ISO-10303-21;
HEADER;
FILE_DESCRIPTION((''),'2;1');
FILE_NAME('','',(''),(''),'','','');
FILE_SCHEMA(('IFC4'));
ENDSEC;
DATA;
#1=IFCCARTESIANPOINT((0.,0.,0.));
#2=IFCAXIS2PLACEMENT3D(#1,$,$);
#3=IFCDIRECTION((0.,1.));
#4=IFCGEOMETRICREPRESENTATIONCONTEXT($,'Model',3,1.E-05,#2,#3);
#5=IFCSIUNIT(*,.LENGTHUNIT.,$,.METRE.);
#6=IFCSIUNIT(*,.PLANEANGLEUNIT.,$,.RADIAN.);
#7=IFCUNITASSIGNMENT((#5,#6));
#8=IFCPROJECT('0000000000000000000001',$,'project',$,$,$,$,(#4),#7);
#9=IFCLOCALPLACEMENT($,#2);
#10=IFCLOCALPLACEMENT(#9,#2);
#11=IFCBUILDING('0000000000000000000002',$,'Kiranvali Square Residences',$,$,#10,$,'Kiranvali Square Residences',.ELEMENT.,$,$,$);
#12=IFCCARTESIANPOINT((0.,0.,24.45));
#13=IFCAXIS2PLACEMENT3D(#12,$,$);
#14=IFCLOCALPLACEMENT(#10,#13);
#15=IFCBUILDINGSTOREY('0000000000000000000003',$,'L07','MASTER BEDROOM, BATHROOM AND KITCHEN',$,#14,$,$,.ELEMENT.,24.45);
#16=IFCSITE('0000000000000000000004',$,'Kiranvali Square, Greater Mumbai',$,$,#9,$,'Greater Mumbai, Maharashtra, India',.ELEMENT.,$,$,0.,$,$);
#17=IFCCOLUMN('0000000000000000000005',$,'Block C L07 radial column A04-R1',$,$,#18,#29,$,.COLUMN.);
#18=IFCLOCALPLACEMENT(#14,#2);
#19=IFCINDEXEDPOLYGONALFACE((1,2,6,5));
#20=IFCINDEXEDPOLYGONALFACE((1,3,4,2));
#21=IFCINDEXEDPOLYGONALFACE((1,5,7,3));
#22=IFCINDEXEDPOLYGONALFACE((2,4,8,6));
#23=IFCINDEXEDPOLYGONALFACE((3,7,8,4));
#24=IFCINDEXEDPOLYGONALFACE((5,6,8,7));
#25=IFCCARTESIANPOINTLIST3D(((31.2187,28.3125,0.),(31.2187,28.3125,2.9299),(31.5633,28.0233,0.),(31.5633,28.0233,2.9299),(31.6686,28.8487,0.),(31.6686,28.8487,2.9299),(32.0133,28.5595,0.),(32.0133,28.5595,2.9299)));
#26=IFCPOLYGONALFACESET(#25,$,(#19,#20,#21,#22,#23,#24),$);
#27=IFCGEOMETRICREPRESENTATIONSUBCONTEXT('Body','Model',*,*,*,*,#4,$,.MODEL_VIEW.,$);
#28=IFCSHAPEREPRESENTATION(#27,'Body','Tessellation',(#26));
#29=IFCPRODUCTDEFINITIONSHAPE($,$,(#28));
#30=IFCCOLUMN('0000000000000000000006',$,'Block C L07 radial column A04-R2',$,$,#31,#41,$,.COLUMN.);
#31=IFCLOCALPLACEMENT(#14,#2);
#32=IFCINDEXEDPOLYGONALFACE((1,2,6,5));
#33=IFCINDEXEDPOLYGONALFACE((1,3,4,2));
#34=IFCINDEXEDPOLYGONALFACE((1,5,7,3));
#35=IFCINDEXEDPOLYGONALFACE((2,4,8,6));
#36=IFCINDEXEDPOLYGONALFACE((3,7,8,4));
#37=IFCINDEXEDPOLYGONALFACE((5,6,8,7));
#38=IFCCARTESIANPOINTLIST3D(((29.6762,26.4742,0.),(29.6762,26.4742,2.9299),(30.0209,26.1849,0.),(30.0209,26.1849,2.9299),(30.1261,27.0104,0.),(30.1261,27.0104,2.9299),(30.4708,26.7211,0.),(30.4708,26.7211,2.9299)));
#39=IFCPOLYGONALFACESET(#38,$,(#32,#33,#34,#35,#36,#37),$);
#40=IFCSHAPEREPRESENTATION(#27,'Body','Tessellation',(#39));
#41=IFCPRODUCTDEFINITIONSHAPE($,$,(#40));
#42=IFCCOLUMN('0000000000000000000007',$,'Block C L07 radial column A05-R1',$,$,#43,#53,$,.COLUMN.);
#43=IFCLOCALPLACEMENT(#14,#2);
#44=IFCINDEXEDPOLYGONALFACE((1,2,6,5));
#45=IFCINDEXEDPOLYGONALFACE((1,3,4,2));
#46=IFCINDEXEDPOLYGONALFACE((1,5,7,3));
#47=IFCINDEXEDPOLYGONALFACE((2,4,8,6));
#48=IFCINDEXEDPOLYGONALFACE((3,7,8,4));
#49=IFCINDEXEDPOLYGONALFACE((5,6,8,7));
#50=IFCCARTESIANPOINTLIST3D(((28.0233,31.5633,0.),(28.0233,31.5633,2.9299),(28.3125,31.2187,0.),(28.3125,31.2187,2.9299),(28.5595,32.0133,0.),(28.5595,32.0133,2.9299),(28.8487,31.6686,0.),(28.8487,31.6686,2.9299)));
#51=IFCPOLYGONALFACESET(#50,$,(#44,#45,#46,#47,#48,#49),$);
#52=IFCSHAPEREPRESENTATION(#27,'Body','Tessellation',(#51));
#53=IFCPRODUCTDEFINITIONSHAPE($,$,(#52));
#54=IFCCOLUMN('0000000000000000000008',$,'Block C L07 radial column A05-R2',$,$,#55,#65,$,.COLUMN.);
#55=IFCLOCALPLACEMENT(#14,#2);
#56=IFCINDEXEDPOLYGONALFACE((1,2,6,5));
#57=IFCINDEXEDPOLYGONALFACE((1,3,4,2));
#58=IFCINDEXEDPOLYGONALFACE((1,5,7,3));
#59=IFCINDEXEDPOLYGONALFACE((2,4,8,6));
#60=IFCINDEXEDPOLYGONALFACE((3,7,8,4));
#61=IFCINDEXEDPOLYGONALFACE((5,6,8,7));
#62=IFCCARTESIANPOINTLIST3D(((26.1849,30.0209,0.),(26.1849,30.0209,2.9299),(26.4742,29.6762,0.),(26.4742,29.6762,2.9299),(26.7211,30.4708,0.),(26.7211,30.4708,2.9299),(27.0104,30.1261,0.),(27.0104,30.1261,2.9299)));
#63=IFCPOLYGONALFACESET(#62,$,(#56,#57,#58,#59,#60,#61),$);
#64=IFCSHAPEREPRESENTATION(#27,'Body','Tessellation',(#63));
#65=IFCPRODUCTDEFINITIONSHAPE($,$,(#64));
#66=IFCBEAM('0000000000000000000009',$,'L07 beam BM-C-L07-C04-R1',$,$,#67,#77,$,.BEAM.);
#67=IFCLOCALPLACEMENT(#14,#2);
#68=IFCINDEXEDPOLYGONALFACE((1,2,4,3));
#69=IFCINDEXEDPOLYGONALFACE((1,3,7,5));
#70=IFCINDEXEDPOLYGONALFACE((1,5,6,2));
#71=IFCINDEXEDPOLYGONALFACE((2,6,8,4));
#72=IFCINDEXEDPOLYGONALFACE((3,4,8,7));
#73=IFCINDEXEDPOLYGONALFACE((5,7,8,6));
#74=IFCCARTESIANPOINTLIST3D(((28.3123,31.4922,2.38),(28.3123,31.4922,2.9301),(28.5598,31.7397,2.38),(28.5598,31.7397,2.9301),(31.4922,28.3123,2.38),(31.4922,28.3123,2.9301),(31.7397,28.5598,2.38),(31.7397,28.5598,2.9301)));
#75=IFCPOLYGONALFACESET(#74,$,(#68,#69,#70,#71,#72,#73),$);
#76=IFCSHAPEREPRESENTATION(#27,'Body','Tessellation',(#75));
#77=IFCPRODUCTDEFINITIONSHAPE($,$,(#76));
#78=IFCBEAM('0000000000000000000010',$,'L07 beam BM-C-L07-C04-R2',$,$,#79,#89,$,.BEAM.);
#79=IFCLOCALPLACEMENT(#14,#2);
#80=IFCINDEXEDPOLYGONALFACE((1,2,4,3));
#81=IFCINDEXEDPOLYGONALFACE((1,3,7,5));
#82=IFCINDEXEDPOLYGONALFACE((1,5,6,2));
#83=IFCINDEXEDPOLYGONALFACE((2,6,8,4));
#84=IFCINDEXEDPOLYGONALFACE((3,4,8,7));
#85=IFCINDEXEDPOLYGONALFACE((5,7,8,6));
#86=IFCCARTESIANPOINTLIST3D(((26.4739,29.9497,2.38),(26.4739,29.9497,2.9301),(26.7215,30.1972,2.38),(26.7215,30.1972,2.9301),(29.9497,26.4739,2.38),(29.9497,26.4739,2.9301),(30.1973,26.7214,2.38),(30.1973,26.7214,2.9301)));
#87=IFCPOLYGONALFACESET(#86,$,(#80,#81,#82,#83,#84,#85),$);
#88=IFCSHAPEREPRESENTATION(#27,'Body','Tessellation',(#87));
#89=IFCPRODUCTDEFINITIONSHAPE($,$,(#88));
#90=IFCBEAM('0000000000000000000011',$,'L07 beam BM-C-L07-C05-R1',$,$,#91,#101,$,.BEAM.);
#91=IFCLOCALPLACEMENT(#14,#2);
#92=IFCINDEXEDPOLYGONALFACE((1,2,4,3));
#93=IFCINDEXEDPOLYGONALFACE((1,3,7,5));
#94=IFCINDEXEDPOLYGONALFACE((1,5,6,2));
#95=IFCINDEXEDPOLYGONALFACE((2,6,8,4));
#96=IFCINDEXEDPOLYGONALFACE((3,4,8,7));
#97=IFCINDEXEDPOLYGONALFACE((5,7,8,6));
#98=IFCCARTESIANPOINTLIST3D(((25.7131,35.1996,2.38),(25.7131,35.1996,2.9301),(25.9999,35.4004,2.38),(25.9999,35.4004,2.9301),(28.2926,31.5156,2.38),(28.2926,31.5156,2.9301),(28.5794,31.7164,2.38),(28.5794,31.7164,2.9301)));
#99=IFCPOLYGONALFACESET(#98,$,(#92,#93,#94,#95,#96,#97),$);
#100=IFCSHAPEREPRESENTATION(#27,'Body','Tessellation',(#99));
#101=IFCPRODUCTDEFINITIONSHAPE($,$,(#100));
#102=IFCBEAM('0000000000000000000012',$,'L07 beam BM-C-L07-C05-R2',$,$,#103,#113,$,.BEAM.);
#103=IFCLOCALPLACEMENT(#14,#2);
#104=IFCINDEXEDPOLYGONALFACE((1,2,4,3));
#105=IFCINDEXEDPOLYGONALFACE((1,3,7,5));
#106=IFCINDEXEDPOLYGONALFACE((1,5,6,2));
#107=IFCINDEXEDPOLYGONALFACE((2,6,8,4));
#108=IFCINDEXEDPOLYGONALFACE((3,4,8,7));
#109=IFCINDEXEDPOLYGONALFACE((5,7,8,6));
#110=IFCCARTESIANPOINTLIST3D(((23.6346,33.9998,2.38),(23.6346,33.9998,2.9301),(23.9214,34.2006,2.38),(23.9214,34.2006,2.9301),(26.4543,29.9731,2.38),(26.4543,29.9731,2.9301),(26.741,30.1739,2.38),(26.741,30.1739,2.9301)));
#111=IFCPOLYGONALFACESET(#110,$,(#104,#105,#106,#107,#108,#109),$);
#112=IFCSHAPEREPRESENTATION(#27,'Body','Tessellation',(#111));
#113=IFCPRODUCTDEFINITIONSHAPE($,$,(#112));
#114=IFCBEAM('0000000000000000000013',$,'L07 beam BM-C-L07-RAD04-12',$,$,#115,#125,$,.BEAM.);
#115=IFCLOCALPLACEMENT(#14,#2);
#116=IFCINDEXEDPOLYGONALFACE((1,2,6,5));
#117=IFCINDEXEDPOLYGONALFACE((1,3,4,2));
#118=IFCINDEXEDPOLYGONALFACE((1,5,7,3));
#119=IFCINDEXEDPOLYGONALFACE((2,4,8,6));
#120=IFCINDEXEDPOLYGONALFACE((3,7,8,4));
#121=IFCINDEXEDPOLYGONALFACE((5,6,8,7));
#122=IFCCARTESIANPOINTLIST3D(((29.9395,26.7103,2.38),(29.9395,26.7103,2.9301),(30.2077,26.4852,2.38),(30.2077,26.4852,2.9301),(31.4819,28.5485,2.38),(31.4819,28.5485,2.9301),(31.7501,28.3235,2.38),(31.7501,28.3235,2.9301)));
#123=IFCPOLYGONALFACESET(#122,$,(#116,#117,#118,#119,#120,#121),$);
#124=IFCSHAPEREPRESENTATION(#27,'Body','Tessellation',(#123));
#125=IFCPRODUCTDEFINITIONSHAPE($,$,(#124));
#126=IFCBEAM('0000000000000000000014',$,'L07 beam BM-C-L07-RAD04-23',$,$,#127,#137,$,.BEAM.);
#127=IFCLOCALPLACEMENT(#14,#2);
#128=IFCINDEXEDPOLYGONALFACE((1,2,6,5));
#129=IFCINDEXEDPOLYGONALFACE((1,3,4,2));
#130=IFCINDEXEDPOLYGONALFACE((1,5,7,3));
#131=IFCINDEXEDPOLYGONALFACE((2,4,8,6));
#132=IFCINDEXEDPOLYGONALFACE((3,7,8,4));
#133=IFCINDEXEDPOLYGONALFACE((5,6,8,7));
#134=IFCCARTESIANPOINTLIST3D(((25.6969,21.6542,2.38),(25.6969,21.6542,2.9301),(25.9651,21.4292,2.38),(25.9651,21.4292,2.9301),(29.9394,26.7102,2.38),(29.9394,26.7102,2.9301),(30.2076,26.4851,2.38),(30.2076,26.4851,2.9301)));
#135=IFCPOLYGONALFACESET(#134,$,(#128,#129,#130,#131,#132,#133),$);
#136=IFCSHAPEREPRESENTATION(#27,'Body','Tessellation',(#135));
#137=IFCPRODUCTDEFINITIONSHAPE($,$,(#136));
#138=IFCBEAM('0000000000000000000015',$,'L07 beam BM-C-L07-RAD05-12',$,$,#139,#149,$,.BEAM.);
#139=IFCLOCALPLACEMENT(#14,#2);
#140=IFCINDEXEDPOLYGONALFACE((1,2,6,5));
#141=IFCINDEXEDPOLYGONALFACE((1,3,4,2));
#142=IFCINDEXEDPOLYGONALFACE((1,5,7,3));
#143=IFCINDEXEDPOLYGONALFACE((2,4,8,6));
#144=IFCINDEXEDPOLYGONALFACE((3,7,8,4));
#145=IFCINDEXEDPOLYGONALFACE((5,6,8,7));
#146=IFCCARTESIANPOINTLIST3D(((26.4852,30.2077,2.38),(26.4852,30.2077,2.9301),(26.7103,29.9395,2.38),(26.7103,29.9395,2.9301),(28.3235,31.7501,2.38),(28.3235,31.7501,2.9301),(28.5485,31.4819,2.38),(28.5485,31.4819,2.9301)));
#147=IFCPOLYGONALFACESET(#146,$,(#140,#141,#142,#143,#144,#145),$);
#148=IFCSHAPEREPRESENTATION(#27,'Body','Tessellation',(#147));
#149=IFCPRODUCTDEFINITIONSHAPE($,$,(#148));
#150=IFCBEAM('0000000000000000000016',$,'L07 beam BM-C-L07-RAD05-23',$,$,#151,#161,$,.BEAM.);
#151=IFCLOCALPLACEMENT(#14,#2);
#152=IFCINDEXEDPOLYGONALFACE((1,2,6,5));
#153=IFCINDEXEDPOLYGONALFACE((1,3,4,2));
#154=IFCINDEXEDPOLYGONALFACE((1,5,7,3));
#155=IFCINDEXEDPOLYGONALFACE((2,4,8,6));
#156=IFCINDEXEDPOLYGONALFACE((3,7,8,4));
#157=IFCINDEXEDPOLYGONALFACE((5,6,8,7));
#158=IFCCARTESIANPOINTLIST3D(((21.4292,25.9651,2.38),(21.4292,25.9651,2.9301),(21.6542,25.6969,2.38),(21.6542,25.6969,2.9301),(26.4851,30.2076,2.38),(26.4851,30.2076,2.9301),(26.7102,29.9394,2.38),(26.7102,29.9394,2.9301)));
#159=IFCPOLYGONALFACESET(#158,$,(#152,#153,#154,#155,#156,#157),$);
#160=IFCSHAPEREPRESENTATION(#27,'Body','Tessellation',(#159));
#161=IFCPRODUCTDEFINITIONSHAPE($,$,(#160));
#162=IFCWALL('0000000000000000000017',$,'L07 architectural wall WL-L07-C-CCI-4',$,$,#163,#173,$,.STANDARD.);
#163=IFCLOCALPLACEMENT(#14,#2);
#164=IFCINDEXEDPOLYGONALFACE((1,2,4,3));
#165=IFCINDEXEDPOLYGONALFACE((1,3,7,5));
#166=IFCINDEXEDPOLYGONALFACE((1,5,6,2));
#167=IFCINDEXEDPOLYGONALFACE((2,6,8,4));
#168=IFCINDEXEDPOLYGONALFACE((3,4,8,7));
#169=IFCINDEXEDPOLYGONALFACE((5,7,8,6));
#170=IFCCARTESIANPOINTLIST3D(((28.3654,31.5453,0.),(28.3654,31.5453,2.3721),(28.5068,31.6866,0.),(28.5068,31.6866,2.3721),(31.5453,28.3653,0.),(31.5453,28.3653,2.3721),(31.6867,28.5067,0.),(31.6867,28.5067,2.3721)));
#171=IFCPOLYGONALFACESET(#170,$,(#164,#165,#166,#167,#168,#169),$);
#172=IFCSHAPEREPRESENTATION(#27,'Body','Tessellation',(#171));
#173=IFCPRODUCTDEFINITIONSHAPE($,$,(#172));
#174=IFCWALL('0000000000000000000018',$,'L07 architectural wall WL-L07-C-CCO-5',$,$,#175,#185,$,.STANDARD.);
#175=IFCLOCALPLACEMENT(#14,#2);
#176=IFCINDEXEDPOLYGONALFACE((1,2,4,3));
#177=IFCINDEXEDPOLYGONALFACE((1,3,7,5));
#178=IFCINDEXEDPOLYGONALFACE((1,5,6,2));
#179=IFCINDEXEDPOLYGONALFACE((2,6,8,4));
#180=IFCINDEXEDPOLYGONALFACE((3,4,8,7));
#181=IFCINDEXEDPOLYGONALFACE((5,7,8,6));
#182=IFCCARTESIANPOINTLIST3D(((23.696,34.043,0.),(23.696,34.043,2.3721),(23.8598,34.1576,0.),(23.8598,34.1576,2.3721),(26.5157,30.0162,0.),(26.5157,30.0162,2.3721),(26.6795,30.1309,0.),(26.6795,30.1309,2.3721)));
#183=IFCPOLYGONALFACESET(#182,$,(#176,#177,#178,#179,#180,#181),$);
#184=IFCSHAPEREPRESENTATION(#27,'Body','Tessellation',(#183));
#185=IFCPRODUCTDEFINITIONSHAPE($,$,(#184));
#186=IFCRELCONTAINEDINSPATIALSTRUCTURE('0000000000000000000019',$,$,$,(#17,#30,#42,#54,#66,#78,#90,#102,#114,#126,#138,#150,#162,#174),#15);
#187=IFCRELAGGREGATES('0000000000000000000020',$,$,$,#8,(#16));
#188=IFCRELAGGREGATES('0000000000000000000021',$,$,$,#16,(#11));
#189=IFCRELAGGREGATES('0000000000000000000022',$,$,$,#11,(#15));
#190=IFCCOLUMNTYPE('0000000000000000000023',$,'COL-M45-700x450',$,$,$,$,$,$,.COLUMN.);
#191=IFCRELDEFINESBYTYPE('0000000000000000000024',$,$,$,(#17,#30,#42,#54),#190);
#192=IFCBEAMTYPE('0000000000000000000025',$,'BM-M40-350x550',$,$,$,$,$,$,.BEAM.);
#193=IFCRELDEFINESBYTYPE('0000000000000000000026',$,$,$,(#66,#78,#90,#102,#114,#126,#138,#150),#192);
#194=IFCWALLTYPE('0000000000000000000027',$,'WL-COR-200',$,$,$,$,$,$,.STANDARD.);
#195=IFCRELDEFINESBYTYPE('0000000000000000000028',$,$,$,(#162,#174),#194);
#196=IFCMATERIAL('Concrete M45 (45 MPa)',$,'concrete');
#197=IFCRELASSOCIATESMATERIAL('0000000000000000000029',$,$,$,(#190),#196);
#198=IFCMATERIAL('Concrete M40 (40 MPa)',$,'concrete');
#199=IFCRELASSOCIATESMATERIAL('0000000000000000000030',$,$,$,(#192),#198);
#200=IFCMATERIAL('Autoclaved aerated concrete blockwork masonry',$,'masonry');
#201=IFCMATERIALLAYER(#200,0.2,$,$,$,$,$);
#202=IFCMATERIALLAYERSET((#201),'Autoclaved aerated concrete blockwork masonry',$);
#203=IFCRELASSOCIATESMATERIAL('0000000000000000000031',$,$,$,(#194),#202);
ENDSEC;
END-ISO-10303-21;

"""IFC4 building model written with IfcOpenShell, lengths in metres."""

from ifc_helpers import new_model, si_unit, direction, frame, frame_2d, origin, origin_2d, place, context, subcontext, project, spatial, rectangle, extrude, material, layer, layer_set, material_profile, profile_set, type_object, element, save


model = new_model("IFC4")

# Units and contexts
model_context = context("Model", 3, precision=1e-05, world=origin(), true_north=direction((0.0, 1.0)))
body_context = subcontext(model_context, "Body", "Model", "MODEL_VIEW")
ifc_project = project(units=[si_unit("LENGTHUNIT", "METRE"), si_unit("PLANEANGLEUNIT", "RADIAN")], contexts=[model_context])

# Site, building, storey
site_placement = place(None, origin())
site = spatial("IfcSite", under=ifc_project, at=site_placement, Name="Kiranvali Square, Greater Mumbai", LongName="Greater Mumbai, Maharashtra, India", CompositionType="ELEMENT", RefElevation=0.0)
building_placement = place(site_placement, origin())
building = spatial("IfcBuilding", under=site, at=building_placement, Name="Kiranvali Square Residences", LongName="Kiranvali Square Residences", CompositionType="ELEMENT")
storey_placement = place(building_placement, frame((0.0, 0.0, 24.45)))
storey = spatial("IfcBuildingStorey", under=building, at=storey_placement, Name="L07", Description="MASTER BEDROOM, BATHROOM AND KITCHEN", CompositionType="ELEMENT", Elevation=24.45)

# Columns
ifc_material_1 = material(Name="Concrete M45 (45 MPa)", Category="concrete")
ifc_material_profile_1 = material_profile(ifc_material_1, rectangle(XDim=0.45, YDim=0.7, at=origin_2d()), Name="RC 700x450")
ifc_profile_set_1 = profile_set([ifc_material_profile_1], Name="Concrete M45 (45 MPa)")
column_type = type_object("IfcColumnType", Name="COL-M45-700x450", PredefinedType="COLUMN", material=ifc_profile_set_1)
for number, where, z_axis, x_axis, name in (
    (1, (31.616, 28.436, 0.0), (0.0, 0.0, 1.0), (-0.766044, 0.642788, 0.0), "Block C L07 radial column A04-R1"),
    (2, (30.0735, 26.5977, 0.0), (0.0, 0.0, 1.0), (-0.766044, 0.642788, 0.0), "Block C L07 radial column A04-R2"),
    (3, (28.436, 31.616, 0.0), (0.0, 0.0, 1.0), (-0.642788, 0.766044, 0.0), "Block C L07 radial column A05-R1"),
    (4, (26.5977, 30.0735, 0.0), (0.0, 0.0, 1.0), (-0.642788, 0.766044, 0.0), "Block C L07 radial column A05-R2"),
):
    element("IfcColumn", number, at=place(storey_placement, frame(where, z_axis=z_axis, x_axis=x_axis)), inside=storey, type_object=column_type, Name=name, PredefinedType="COLUMN", context=body_context, shape_type="SweptSolid", body=[
        extrude(rectangle(XDim=0.45, YDim=0.7, at=origin_2d()), origin(), (0.0, 0.0, 1.0), 2.9299),
    ])

# Beams
ifc_material_2 = material(Name="Concrete M40 (40 MPa)", Category="concrete")
ifc_material_profile_2 = material_profile(ifc_material_2, rectangle(XDim=0.3501, YDim=0.55, at=origin_2d()), Name="RC 350x550")
ifc_profile_set_2 = profile_set([ifc_material_profile_2], Name="Concrete M40 (40 MPa)")
beam_type = type_object("IfcBeamType", Name="BM-M40-350x550", PredefinedType="BEAM", material=ifc_profile_set_2)
beam_1_placement = place(storey_placement, frame((31.616, 28.436, 2.655), z_axis=(-0.707107, 0.707107, 0.0), x_axis=(-0.707107, -0.707107, 0.0)))
element("IfcBeam", 5, at=beam_1_placement, inside=storey, type_object=beam_type, Name="L07 beam BM-C-L07-C04-R1", PredefinedType="BEAM", context=body_context, shape_type="SweptSolid", body=[
    extrude(rectangle(XDim=0.3501, YDim=0.55, at=origin_2d()), origin(), (0.0, 0.0, 1.0), 4.4971),
])
beam_2_placement = place(storey_placement, frame((30.0735, 26.5977, 2.655), z_axis=(-0.707107, 0.707107, 0.0), x_axis=(-0.707107, -0.707107, 0.0)))
element("IfcBeam", 6, at=beam_2_placement, inside=storey, type_object=beam_type, Name="L07 beam BM-C-L07-C04-R2", PredefinedType="BEAM", context=body_context, shape_type="SweptSolid", body=[
    extrude(rectangle(XDim=0.3501, YDim=0.55, at=origin_2d()), origin(), (0.0, 0.0, 1.0), 4.9155),
])
beam_3_placement = place(storey_placement, frame((28.436, 31.616, 2.655), z_axis=(-0.573572, 0.819155, 0.0), x_axis=(-0.819155, -0.573572, 0.0)))
element("IfcBeam", 7, at=beam_3_placement, inside=storey, type_object=beam_type, Name="L07 beam BM-C-L07-C05-R1", PredefinedType="BEAM", context=body_context, shape_type="SweptSolid", body=[
    extrude(rectangle(XDim=0.3501, YDim=0.55, at=origin_2d()), origin(), (0.0, 0.0, 1.0), 4.4973),
])
beam_4_placement = place(storey_placement, frame((26.5977, 30.0735, 2.655), z_axis=(-0.573592, 0.819141, 0.0), x_axis=(-0.819141, -0.573592, 0.0)))
element("IfcBeam", 8, at=beam_4_placement, inside=storey, type_object=beam_type, Name="L07 beam BM-C-L07-C05-R2", PredefinedType="BEAM", context=body_context, shape_type="SweptSolid", body=[
    extrude(rectangle(XDim=0.3501, YDim=0.55, at=origin_2d()), origin(), (0.0, 0.0, 1.0), 4.9158),
])
beam_5_placement = place(storey_placement, frame((31.616, 28.436, 2.655), z_axis=(-0.642763, -0.766065, 0.0), x_axis=(0.766065, -0.642763, 0.0)))
element("IfcBeam", 9, at=beam_5_placement, inside=storey, type_object=beam_type, Name="L07 beam BM-C-L07-RAD04-12", PredefinedType="BEAM", context=body_context, shape_type="SweptSolid", body=[
    extrude(rectangle(XDim=0.3501, YDim=0.55, at=origin_2d()), origin(), (0.0, 0.0, 1.0), 2.3997),
])
beam_6_placement = place(storey_placement, frame((30.0735, 26.5977, 2.655), z_axis=(-0.642789, -0.766043, 0.0), x_axis=(0.766043, -0.642789, 0.0)))
element("IfcBeam", 10, at=beam_6_placement, inside=storey, type_object=beam_type, Name="L07 beam BM-C-L07-RAD04-23", PredefinedType="BEAM", context=body_context, shape_type="SweptSolid", body=[
    extrude(rectangle(XDim=0.3501, YDim=0.55, at=origin_2d()), origin(), (0.0, 0.0, 1.0), 6.6001),
])
beam_7_placement = place(storey_placement, frame((28.436, 31.616, 2.655), z_axis=(-0.766065, -0.642763, 0.0), x_axis=(0.642763, -0.766065, 0.0)))
element("IfcBeam", 11, at=beam_7_placement, inside=storey, type_object=beam_type, Name="L07 beam BM-C-L07-RAD05-12", PredefinedType="BEAM", context=body_context, shape_type="SweptSolid", body=[
    extrude(rectangle(XDim=0.3501, YDim=0.55, at=origin_2d()), origin(), (0.0, 0.0, 1.0), 2.3997),
])
beam_8_placement = place(storey_placement, frame((26.5977, 30.0735, 2.655), z_axis=(-0.766043, -0.642789, 0.0), x_axis=(0.642789, -0.766043, 0.0)))
element("IfcBeam", 12, at=beam_8_placement, inside=storey, type_object=beam_type, Name="L07 beam BM-C-L07-RAD05-23", PredefinedType="BEAM", context=body_context, shape_type="SweptSolid", body=[
    extrude(rectangle(XDim=0.3501, YDim=0.55, at=origin_2d()), origin(), (0.0, 0.0, 1.0), 6.6001),
])

# Wall
ifc_material_3 = material(Name="Autoclaved aerated concrete blockwork masonry", Category="masonry")
ifc_layer_1 = layer(ifc_material_3, 0.2)
ifc_layer_set_1 = layer_set([ifc_layer_1], Name="Autoclaved aerated concrete blockwork masonry")
wall_type_1 = type_object("IfcWallType", Name="WL-COR-200", PredefinedType="STANDARD", material=ifc_layer_set_1)
wall_1_placement = place(storey_placement, frame((31.616, 28.436, 0.0), z_axis=(0.0, 0.0, 1.0), x_axis=(-0.707107, 0.707107, 0.0)))
element("IfcWall", 13, at=wall_1_placement, inside=storey, type_object=wall_type_1, Name="L07 architectural wall WL-L07-C-CCI-4", PredefinedType="STANDARD", context=body_context, shape_type="SweptSolid", body=[
    extrude(rectangle(XDim=4.4971, YDim=0.2, at=frame_2d((2.2485, 0.0))), origin(), (0.0, 0.0, 1.0), 2.3721),
])

# Wall
wall_2_placement = place(storey_placement, frame((26.5977, 30.0735, 0.0), z_axis=(0.0, 0.0, 1.0), x_axis=(-0.573592, 0.819141, 0.0)))
element("IfcWall", 14, at=wall_2_placement, inside=storey, type_object=wall_type_1, Name="L07 architectural wall WL-L07-C-CCO-5", PredefinedType="STANDARD", context=body_context, shape_type="SweptSolid", body=[
    extrude(rectangle(XDim=4.9158, YDim=0.2, at=frame_2d((2.458, 0.0))), origin(), (0.0, 0.0, 1.0), 2.3721),
])

save(model, "model.ifc")
